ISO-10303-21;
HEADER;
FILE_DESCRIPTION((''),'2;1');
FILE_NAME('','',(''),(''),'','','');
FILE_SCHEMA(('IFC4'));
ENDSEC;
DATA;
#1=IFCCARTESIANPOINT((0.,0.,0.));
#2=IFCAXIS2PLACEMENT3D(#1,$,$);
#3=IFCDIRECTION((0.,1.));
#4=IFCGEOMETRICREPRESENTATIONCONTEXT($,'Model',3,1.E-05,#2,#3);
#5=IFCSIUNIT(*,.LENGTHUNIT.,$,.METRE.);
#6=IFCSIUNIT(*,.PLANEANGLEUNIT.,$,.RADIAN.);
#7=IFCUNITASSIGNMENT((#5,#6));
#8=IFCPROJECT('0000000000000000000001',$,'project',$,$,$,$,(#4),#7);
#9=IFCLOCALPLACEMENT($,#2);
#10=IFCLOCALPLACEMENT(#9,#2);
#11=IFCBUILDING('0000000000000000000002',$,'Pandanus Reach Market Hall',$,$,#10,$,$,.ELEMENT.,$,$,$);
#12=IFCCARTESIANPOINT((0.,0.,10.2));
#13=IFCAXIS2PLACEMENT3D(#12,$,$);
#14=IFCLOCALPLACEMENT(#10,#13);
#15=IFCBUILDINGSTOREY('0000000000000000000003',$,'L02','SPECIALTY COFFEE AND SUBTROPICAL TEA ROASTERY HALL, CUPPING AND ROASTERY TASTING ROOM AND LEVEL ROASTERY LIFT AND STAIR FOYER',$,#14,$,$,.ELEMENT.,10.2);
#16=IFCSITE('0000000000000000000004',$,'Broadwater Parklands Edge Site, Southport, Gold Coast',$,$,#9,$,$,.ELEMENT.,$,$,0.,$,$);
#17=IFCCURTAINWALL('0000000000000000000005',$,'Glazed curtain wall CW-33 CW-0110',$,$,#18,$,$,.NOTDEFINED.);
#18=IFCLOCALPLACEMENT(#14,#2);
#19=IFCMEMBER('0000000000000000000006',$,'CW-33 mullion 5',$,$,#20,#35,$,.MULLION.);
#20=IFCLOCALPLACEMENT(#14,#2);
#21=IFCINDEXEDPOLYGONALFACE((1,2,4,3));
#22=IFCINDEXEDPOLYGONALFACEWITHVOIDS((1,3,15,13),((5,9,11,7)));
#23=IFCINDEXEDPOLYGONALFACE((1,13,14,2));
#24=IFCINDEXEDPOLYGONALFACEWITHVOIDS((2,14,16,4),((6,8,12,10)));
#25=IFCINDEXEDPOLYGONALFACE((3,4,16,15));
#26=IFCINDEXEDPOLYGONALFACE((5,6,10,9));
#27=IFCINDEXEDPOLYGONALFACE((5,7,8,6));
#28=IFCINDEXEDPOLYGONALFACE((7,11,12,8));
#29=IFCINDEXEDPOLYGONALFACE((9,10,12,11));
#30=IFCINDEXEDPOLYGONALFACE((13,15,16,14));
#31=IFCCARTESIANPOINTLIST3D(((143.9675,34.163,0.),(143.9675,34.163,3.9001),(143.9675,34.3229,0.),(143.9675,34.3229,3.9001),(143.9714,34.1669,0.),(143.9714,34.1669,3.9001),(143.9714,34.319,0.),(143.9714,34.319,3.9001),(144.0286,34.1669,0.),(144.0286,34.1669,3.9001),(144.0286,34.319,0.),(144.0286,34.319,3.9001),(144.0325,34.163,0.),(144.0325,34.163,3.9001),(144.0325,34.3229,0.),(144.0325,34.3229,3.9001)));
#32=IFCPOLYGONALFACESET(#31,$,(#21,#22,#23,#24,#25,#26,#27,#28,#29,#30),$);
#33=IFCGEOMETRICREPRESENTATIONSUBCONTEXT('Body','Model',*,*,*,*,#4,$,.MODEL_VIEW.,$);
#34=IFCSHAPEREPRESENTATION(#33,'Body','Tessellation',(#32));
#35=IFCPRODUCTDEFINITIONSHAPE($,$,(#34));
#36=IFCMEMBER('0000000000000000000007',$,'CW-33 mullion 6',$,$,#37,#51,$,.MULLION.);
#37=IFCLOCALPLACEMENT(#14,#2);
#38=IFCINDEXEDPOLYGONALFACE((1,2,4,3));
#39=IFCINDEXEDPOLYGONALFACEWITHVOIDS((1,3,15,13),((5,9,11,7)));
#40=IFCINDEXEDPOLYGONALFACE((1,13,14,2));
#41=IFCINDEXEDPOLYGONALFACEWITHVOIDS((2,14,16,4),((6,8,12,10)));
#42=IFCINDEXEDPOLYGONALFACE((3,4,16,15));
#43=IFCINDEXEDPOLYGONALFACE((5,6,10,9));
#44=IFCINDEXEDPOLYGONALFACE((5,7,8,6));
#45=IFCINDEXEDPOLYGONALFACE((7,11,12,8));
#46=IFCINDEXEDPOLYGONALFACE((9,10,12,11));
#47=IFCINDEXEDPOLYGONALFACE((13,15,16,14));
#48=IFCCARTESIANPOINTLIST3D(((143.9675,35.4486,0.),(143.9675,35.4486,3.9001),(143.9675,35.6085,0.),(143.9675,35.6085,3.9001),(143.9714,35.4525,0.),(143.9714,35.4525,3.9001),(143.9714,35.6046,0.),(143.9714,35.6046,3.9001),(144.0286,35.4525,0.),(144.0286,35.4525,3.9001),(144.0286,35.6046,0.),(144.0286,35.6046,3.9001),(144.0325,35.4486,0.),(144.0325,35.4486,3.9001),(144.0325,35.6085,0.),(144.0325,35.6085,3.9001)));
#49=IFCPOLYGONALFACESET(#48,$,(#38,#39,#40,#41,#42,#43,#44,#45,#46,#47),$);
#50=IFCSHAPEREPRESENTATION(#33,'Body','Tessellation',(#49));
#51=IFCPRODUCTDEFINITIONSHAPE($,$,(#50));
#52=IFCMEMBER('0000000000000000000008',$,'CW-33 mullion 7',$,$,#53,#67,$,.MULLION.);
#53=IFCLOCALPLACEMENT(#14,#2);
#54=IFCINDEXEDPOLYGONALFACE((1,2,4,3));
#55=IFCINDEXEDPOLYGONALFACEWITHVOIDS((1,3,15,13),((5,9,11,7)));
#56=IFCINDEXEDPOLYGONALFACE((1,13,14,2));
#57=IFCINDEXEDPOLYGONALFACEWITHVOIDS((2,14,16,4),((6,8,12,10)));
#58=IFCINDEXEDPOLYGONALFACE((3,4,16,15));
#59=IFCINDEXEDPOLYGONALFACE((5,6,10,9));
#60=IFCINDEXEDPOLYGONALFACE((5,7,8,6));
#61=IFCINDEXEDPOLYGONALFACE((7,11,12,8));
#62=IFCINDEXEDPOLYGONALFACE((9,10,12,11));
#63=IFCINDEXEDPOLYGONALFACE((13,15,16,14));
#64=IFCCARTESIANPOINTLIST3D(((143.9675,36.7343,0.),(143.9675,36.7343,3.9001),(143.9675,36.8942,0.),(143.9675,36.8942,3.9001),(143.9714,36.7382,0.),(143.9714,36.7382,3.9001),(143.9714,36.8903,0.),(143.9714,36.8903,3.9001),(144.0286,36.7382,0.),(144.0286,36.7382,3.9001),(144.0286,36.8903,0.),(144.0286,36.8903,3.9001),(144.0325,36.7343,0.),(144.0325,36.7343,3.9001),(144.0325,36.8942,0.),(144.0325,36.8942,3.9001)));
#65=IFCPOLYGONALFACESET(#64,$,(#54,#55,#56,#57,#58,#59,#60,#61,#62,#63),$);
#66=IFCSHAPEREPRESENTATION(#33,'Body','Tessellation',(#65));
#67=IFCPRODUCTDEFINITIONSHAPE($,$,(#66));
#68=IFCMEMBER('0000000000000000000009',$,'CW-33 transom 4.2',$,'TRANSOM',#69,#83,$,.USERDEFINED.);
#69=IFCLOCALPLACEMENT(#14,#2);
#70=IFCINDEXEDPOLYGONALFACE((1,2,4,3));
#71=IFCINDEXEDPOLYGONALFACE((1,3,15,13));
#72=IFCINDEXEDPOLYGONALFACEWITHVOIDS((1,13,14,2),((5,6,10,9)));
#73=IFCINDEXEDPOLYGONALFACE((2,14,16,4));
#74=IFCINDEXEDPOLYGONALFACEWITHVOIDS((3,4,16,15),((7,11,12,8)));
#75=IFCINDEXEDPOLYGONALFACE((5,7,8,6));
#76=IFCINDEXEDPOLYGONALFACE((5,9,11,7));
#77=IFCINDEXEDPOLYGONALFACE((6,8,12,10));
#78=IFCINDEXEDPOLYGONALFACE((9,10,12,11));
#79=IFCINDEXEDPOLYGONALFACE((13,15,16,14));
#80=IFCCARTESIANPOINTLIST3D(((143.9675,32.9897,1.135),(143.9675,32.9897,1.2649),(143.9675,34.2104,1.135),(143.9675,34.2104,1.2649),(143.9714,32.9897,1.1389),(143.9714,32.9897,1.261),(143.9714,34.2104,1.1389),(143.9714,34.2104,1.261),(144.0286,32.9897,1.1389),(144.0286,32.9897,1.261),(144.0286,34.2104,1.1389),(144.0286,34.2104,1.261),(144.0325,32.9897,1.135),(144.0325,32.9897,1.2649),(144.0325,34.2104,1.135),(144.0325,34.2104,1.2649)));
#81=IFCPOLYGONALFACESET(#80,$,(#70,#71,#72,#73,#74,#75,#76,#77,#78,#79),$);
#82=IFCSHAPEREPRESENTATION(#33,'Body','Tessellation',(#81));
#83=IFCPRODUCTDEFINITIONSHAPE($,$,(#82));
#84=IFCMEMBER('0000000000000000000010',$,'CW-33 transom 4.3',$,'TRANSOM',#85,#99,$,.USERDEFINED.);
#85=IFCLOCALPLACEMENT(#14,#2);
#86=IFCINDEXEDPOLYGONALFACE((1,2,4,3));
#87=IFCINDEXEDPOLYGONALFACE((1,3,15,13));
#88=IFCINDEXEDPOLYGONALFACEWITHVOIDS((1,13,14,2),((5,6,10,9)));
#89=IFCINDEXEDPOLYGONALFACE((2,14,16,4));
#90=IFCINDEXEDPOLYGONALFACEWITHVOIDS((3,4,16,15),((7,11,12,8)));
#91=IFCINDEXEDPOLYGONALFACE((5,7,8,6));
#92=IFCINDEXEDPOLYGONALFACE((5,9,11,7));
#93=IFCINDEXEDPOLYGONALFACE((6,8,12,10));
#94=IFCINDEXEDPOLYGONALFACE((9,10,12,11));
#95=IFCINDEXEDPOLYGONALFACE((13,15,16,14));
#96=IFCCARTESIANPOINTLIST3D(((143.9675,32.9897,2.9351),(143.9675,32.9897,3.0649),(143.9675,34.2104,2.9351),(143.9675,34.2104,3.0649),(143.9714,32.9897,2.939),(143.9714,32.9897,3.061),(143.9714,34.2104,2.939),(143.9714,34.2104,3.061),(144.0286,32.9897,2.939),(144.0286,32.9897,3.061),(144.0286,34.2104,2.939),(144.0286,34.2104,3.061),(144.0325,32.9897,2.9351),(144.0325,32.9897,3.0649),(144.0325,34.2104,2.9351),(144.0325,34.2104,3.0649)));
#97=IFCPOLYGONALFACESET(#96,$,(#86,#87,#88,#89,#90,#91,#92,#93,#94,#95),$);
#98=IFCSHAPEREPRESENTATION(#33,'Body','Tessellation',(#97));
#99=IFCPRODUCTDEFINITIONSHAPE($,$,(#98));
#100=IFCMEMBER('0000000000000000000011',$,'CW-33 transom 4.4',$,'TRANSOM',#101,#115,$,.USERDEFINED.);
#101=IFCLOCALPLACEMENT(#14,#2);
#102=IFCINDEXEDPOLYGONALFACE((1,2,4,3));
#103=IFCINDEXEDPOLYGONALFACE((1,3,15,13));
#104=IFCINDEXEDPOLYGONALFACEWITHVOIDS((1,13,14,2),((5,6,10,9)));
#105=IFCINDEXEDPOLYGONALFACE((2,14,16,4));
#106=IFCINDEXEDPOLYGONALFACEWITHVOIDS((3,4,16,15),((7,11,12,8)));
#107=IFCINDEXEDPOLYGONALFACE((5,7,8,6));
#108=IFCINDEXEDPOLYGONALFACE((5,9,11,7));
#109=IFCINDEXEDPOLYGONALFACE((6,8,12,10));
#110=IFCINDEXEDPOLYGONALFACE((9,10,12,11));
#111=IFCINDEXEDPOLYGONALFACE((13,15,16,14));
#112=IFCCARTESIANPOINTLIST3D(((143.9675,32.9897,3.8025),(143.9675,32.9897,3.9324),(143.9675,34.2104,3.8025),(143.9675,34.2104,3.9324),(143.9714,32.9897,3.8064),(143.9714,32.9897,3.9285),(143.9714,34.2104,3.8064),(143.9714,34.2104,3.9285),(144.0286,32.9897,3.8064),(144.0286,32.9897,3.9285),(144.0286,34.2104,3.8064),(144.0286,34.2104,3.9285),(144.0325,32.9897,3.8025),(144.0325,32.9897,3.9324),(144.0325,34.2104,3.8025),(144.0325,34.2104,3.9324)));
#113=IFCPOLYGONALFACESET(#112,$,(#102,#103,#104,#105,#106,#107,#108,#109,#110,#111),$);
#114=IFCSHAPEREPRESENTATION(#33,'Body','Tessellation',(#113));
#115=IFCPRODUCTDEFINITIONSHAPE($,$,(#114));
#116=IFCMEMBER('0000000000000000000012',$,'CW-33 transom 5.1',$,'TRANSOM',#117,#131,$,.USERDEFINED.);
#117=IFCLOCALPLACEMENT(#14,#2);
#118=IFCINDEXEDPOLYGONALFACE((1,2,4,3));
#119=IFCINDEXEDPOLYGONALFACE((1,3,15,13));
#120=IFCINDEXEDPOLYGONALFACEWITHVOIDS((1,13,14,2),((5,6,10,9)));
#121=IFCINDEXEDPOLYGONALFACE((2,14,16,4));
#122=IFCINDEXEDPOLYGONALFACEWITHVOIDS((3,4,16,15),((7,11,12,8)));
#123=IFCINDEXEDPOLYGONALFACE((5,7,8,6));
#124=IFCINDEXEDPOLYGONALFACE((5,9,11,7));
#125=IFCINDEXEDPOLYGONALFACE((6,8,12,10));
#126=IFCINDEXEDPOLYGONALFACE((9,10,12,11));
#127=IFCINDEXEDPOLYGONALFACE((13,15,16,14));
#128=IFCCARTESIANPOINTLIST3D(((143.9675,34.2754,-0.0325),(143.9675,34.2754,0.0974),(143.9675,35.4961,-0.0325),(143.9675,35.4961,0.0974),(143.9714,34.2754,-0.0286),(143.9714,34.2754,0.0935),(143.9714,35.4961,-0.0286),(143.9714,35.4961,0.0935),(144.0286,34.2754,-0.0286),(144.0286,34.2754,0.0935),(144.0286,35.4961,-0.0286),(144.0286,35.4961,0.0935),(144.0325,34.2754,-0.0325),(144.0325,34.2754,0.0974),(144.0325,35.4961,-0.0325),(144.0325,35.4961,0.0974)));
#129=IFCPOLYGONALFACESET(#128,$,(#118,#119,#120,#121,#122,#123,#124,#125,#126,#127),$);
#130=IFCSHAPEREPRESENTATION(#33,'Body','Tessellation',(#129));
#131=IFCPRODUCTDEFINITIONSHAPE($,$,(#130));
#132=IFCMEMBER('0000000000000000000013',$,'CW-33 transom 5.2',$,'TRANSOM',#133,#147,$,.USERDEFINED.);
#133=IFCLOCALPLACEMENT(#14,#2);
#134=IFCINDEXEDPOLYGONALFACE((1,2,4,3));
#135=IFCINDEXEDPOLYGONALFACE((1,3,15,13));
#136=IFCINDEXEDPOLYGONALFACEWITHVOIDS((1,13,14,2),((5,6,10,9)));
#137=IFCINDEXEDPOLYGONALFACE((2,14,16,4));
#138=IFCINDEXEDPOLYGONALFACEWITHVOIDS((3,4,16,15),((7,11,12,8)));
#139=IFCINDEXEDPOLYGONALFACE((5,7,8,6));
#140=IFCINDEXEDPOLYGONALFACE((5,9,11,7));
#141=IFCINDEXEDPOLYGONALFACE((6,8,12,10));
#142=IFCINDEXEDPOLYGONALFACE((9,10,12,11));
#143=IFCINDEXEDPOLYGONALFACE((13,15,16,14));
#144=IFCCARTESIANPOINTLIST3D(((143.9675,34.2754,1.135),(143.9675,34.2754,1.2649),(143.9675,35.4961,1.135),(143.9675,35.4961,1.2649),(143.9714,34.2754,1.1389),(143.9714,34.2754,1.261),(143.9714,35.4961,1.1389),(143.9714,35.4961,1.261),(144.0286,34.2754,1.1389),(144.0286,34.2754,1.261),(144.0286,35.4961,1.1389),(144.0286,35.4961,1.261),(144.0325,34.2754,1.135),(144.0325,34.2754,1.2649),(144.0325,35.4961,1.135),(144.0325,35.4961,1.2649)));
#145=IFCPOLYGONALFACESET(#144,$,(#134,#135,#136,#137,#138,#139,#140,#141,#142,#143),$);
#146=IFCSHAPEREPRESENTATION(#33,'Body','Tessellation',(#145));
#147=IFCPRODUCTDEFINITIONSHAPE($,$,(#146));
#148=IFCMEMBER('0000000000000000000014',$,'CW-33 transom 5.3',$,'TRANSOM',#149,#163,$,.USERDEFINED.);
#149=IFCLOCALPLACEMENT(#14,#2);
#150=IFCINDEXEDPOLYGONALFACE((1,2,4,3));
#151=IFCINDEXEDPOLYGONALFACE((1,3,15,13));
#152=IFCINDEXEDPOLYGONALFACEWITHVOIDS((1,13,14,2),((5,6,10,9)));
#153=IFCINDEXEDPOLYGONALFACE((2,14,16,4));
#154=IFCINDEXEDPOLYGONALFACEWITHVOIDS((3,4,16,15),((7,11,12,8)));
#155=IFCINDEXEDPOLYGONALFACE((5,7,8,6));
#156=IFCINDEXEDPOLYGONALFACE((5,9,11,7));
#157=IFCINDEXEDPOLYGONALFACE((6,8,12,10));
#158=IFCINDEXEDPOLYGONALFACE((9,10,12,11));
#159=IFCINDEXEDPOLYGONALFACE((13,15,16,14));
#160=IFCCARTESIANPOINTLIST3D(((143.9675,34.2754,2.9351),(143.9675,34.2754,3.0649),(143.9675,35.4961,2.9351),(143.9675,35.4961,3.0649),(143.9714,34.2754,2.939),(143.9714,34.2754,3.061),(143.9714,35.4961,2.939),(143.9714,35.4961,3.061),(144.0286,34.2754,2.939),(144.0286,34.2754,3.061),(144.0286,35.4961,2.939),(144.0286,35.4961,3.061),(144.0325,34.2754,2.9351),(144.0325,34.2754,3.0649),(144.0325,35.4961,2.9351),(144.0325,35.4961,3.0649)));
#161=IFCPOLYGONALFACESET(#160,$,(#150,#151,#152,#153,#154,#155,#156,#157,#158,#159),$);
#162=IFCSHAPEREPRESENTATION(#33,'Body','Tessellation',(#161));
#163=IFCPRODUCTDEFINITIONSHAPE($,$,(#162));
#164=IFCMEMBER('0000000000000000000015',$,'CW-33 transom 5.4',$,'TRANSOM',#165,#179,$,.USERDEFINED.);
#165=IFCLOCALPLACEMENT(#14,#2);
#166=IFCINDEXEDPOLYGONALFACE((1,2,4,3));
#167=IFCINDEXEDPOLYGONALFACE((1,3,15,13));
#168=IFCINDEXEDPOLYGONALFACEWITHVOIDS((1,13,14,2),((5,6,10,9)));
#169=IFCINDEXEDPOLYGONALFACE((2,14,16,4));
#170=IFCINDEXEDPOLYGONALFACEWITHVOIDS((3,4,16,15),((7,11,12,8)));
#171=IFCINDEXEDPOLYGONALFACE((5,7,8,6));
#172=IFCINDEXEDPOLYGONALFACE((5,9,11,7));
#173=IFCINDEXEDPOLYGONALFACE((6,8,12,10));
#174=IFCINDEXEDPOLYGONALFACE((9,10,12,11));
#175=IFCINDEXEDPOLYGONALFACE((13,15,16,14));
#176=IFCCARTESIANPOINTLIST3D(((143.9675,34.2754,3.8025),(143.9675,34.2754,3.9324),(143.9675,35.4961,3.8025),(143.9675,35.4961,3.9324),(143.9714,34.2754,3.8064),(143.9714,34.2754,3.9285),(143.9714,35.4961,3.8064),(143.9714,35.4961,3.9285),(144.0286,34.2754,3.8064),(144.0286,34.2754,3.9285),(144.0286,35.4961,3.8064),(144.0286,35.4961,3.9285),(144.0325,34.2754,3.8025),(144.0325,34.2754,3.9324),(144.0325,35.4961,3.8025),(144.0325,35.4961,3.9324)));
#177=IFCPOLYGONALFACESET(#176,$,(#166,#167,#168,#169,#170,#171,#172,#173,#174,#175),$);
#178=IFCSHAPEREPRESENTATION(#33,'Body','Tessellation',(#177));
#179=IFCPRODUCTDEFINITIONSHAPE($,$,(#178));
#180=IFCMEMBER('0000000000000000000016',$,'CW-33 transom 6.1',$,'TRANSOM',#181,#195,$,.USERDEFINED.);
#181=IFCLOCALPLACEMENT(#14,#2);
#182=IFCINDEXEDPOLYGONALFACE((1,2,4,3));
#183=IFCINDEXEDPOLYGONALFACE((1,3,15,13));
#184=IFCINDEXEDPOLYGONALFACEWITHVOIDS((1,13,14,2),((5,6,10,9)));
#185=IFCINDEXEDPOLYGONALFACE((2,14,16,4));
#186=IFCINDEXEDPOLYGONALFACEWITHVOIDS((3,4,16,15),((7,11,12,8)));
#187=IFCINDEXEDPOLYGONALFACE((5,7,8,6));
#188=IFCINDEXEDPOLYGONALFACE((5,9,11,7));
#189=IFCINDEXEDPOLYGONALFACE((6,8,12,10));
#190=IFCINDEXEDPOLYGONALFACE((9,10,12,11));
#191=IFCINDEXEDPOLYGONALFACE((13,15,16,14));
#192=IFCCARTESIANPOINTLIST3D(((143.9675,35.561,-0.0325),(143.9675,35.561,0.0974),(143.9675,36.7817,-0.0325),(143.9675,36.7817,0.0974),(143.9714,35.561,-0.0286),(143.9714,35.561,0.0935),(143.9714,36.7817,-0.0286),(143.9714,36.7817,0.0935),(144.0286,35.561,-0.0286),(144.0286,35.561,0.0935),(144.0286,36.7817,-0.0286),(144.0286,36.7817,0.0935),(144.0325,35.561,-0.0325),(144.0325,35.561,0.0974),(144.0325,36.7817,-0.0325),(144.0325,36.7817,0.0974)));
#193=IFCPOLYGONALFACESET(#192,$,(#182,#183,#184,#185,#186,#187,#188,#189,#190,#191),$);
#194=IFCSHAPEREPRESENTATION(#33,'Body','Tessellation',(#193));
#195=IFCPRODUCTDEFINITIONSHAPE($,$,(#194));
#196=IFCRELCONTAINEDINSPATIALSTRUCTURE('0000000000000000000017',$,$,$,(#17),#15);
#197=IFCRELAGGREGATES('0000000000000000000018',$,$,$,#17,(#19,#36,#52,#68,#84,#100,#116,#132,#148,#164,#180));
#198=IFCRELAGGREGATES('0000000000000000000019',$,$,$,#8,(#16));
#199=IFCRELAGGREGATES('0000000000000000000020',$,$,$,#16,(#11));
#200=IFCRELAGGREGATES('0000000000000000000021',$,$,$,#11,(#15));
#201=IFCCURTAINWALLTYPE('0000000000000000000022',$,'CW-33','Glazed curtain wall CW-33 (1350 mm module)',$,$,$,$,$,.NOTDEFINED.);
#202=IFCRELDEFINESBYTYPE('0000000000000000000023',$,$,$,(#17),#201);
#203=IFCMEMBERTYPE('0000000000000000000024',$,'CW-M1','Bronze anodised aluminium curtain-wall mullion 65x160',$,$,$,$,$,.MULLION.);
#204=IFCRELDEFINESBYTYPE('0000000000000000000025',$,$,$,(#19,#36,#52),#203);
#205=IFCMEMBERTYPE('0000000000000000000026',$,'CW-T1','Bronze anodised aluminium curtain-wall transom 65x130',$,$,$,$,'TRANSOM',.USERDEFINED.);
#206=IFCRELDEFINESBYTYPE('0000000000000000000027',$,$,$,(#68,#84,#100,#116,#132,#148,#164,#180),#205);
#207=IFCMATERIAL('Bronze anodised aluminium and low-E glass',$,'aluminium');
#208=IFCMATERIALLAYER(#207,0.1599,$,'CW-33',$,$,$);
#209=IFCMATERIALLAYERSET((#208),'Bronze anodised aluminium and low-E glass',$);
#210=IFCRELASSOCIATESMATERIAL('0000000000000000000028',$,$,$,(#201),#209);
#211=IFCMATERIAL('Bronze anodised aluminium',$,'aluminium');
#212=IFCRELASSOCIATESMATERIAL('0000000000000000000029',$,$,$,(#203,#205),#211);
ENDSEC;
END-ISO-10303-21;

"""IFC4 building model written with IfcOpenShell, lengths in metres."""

from ifc_helpers import new_model, si_unit, direction, frame, origin, origin_2d, place, context, subcontext, project, spatial, hollow_rectangle, extrude, material, layer, layer_set, material_profile, profile_set, type_object, element, aggregate, save


model = new_model("IFC4")

# Units and contexts
model_context = context("Model", 3, precision=1e-05, world=origin(), true_north=direction((0.0, 1.0)))
body_context = subcontext(model_context, "Body", "Model", "MODEL_VIEW")
ifc_project = project(units=[si_unit("LENGTHUNIT", "METRE"), si_unit("PLANEANGLEUNIT", "RADIAN")], contexts=[model_context])

# Site, building, storey
site_placement = place(None, origin())
site = spatial("IfcSite", under=ifc_project, at=site_placement, Name="Broadwater Parklands Edge Site, Southport, Gold Coast", CompositionType="ELEMENT", RefElevation=0.0)
building_placement = place(site_placement, origin())
building = spatial("IfcBuilding", under=site, at=building_placement, Name="Pandanus Reach Market Hall", CompositionType="ELEMENT")
storey_placement = place(building_placement, frame((0.0, 0.0, 10.2)))
storey = spatial("IfcBuildingStorey", under=building, at=storey_placement, Name="L02", Description="SPECIALTY COFFEE AND SUBTROPICAL TEA ROASTERY HALL, CUPPING AND ROASTERY TASTING ROOM AND LEVEL ROASTERY LIFT AND STAIR FOYER", CompositionType="ELEMENT", Elevation=10.2)

# Curtain wall, members
ifc_material_1 = material(Name="Bronze anodised aluminium and low-E glass", Category="aluminium")
ifc_layer_1 = layer(ifc_material_1, 0.1599, Name="CW-33")
ifc_layer_set_1 = layer_set([ifc_layer_1], Name="Bronze anodised aluminium and low-E glass")
curtain_wall_type = type_object("IfcCurtainWallType", Name="CW-33", Description="Glazed curtain wall CW-33 (1350 mm module)", PredefinedType="NOTDEFINED", material=ifc_layer_set_1)
curtain_wall_placement = place(storey_placement, origin())
curtain_wall = element("IfcCurtainWall", 1, at=curtain_wall_placement, inside=storey, type_object=curtain_wall_type, Name="Glazed curtain wall CW-33 CW-0110", PredefinedType="NOTDEFINED")
ifc_material_2 = material(Name="Bronze anodised aluminium", Category="aluminium")
ifc_material_profile_1 = material_profile(ifc_material_2, hollow_rectangle(XDim=0.0649, YDim=0.1599, WallThickness=0.0039, at=origin_2d()), Name="ALU65x160", Category="LoadBearing")
ifc_profile_set_1 = profile_set([ifc_material_profile_1], Name="Bronze anodised aluminium")
member_type_1 = type_object("IfcMemberType", Name="CW-M1", Description="Bronze anodised aluminium curtain-wall mullion 65x160", PredefinedType="MULLION", material=ifc_profile_set_1)
member_1_placement = place(storey_placement, frame((144.0, 34.2429, 0.0), z_axis=(0.0, 0.0, 1.0), x_axis=(-1.0, 0.0, 0.0)))
member_1 = element("IfcMember", 2, at=member_1_placement, type_object=member_type_1, Name="CW-33 mullion 5", PredefinedType="MULLION", context=body_context, shape_type="SweptSolid", body=[
    extrude(hollow_rectangle(XDim=0.0649, YDim=0.1599, WallThickness=0.0039, at=origin_2d()), origin(), (0.0, 0.0, 1.0), 3.9001),
])
member_2_placement = place(storey_placement, frame((144.0, 35.5286, 0.0), z_axis=(0.0, 0.0, 1.0), x_axis=(-1.0, 0.0, 0.0)))
member_2 = element("IfcMember", 3, at=member_2_placement, type_object=member_type_1, Name="CW-33 mullion 6", PredefinedType="MULLION", context=body_context, shape_type="SweptSolid", body=[
    extrude(hollow_rectangle(XDim=0.0649, YDim=0.1599, WallThickness=0.0039, at=origin_2d()), origin(), (0.0, 0.0, 1.0), 3.9001),
])
member_3_placement = place(storey_placement, frame((144.0, 36.8142, 0.0), z_axis=(0.0, 0.0, 1.0), x_axis=(-1.0, 0.0, 0.0)))
member_3 = element("IfcMember", 4, at=member_3_placement, type_object=member_type_1, Name="CW-33 mullion 7", PredefinedType="MULLION", context=body_context, shape_type="SweptSolid", body=[
    extrude(hollow_rectangle(XDim=0.0649, YDim=0.1599, WallThickness=0.0039, at=origin_2d()), origin(), (0.0, 0.0, 1.0), 3.9001),
])
ifc_material_profile_2 = material_profile(ifc_material_2, hollow_rectangle(XDim=0.0649, YDim=0.1299, WallThickness=0.0039, at=origin_2d()), Name="ALU65x130", Category="LoadBearing")
ifc_profile_set_2 = profile_set([ifc_material_profile_2], Name="Bronze anodised aluminium")
member_type_2 = type_object("IfcMemberType", Name="CW-T1", Description="Bronze anodised aluminium curtain-wall transom 65x130", ElementType="TRANSOM", PredefinedType="USERDEFINED", material=ifc_profile_set_2)
member_4_placement = place(storey_placement, frame((144.0, 32.9897, 1.2), z_axis=(0.0, 1.0, 0.0), x_axis=(-1.0, 0.0, 0.0)))
member_4 = element("IfcMember", 5, at=member_4_placement, type_object=member_type_2, Name="CW-33 transom 4.2", ObjectType="TRANSOM", PredefinedType="USERDEFINED", context=body_context, shape_type="SweptSolid", body=[
    extrude(hollow_rectangle(XDim=0.0649, YDim=0.1299, WallThickness=0.0039, at=origin_2d()), origin(), (0.0, 0.0, 1.0), 1.2207),
])
member_5_placement = place(storey_placement, frame((144.0, 32.9897, 3.0), z_axis=(0.0, 1.0, 0.0), x_axis=(-1.0, 0.0, 0.0)))
member_5 = element("IfcMember", 6, at=member_5_placement, type_object=member_type_2, Name="CW-33 transom 4.3", ObjectType="TRANSOM", PredefinedType="USERDEFINED", context=body_context, shape_type="SweptSolid", body=[
    extrude(hollow_rectangle(XDim=0.0649, YDim=0.1299, WallThickness=0.0039, at=origin_2d()), origin(), (0.0, 0.0, 1.0), 1.2207),
])
member_6_placement = place(storey_placement, frame((144.0, 32.9897, 3.8674), z_axis=(0.0, 1.0, 0.0), x_axis=(-1.0, 0.0, 0.0)))
member_6 = element("IfcMember", 7, at=member_6_placement, type_object=member_type_2, Name="CW-33 transom 4.4", ObjectType="TRANSOM", PredefinedType="USERDEFINED", context=body_context, shape_type="SweptSolid", body=[
    extrude(hollow_rectangle(XDim=0.0649, YDim=0.1299, WallThickness=0.0039, at=origin_2d()), origin(), (0.0, 0.0, 1.0), 1.2207),
])
member_7_placement = place(storey_placement, frame((144.0, 34.2754, 0.0325), z_axis=(0.0, 1.0, 0.0), x_axis=(-1.0, 0.0, 0.0)))
member_7 = element("IfcMember", 8, at=member_7_placement, type_object=member_type_2, Name="CW-33 transom 5.1", ObjectType="TRANSOM", PredefinedType="USERDEFINED", context=body_context, shape_type="SweptSolid", body=[
    extrude(hollow_rectangle(XDim=0.0649, YDim=0.1299, WallThickness=0.0039, at=origin_2d()), origin(), (0.0, 0.0, 1.0), 1.2207),
])
member_8_placement = place(storey_placement, frame((144.0, 34.2754, 1.2), z_axis=(0.0, 1.0, 0.0), x_axis=(-1.0, 0.0, 0.0)))
member_8 = element("IfcMember", 9, at=member_8_placement, type_object=member_type_2, Name="CW-33 transom 5.2", ObjectType="TRANSOM", PredefinedType="USERDEFINED", context=body_context, shape_type="SweptSolid", body=[
    extrude(hollow_rectangle(XDim=0.0649, YDim=0.1299, WallThickness=0.0039, at=origin_2d()), origin(), (0.0, 0.0, 1.0), 1.2207),
])
member_9_placement = place(storey_placement, frame((144.0, 34.2754, 3.0), z_axis=(0.0, 1.0, 0.0), x_axis=(-1.0, 0.0, 0.0)))
member_9 = element("IfcMember", 10, at=member_9_placement, type_object=member_type_2, Name="CW-33 transom 5.3", ObjectType="TRANSOM", PredefinedType="USERDEFINED", context=body_context, shape_type="SweptSolid", body=[
    extrude(hollow_rectangle(XDim=0.0649, YDim=0.1299, WallThickness=0.0039, at=origin_2d()), origin(), (0.0, 0.0, 1.0), 1.2207),
])
member_10_placement = place(storey_placement, frame((144.0, 34.2754, 3.8674), z_axis=(0.0, 1.0, 0.0), x_axis=(-1.0, 0.0, 0.0)))
member_10 = element("IfcMember", 11, at=member_10_placement, type_object=member_type_2, Name="CW-33 transom 5.4", ObjectType="TRANSOM", PredefinedType="USERDEFINED", context=body_context, shape_type="SweptSolid", body=[
    extrude(hollow_rectangle(XDim=0.0649, YDim=0.1299, WallThickness=0.0039, at=origin_2d()), origin(), (0.0, 0.0, 1.0), 1.2207),
])
member_11_placement = place(storey_placement, frame((144.0, 35.561, 0.0325), z_axis=(0.0, 1.0, 0.0), x_axis=(-1.0, 0.0, 0.0)))
member_11 = element("IfcMember", 12, at=member_11_placement, type_object=member_type_2, Name="CW-33 transom 6.1", ObjectType="TRANSOM", PredefinedType="USERDEFINED", context=body_context, shape_type="SweptSolid", body=[
    extrude(hollow_rectangle(XDim=0.0649, YDim=0.1299, WallThickness=0.0039, at=origin_2d()), origin(), (0.0, 0.0, 1.0), 1.2207),
])
aggregate(curtain_wall, [member_1, member_2, member_3, member_4, member_5, member_6, member_7, member_8, member_9, member_10, member_11])

save(model, "model.ifc")
